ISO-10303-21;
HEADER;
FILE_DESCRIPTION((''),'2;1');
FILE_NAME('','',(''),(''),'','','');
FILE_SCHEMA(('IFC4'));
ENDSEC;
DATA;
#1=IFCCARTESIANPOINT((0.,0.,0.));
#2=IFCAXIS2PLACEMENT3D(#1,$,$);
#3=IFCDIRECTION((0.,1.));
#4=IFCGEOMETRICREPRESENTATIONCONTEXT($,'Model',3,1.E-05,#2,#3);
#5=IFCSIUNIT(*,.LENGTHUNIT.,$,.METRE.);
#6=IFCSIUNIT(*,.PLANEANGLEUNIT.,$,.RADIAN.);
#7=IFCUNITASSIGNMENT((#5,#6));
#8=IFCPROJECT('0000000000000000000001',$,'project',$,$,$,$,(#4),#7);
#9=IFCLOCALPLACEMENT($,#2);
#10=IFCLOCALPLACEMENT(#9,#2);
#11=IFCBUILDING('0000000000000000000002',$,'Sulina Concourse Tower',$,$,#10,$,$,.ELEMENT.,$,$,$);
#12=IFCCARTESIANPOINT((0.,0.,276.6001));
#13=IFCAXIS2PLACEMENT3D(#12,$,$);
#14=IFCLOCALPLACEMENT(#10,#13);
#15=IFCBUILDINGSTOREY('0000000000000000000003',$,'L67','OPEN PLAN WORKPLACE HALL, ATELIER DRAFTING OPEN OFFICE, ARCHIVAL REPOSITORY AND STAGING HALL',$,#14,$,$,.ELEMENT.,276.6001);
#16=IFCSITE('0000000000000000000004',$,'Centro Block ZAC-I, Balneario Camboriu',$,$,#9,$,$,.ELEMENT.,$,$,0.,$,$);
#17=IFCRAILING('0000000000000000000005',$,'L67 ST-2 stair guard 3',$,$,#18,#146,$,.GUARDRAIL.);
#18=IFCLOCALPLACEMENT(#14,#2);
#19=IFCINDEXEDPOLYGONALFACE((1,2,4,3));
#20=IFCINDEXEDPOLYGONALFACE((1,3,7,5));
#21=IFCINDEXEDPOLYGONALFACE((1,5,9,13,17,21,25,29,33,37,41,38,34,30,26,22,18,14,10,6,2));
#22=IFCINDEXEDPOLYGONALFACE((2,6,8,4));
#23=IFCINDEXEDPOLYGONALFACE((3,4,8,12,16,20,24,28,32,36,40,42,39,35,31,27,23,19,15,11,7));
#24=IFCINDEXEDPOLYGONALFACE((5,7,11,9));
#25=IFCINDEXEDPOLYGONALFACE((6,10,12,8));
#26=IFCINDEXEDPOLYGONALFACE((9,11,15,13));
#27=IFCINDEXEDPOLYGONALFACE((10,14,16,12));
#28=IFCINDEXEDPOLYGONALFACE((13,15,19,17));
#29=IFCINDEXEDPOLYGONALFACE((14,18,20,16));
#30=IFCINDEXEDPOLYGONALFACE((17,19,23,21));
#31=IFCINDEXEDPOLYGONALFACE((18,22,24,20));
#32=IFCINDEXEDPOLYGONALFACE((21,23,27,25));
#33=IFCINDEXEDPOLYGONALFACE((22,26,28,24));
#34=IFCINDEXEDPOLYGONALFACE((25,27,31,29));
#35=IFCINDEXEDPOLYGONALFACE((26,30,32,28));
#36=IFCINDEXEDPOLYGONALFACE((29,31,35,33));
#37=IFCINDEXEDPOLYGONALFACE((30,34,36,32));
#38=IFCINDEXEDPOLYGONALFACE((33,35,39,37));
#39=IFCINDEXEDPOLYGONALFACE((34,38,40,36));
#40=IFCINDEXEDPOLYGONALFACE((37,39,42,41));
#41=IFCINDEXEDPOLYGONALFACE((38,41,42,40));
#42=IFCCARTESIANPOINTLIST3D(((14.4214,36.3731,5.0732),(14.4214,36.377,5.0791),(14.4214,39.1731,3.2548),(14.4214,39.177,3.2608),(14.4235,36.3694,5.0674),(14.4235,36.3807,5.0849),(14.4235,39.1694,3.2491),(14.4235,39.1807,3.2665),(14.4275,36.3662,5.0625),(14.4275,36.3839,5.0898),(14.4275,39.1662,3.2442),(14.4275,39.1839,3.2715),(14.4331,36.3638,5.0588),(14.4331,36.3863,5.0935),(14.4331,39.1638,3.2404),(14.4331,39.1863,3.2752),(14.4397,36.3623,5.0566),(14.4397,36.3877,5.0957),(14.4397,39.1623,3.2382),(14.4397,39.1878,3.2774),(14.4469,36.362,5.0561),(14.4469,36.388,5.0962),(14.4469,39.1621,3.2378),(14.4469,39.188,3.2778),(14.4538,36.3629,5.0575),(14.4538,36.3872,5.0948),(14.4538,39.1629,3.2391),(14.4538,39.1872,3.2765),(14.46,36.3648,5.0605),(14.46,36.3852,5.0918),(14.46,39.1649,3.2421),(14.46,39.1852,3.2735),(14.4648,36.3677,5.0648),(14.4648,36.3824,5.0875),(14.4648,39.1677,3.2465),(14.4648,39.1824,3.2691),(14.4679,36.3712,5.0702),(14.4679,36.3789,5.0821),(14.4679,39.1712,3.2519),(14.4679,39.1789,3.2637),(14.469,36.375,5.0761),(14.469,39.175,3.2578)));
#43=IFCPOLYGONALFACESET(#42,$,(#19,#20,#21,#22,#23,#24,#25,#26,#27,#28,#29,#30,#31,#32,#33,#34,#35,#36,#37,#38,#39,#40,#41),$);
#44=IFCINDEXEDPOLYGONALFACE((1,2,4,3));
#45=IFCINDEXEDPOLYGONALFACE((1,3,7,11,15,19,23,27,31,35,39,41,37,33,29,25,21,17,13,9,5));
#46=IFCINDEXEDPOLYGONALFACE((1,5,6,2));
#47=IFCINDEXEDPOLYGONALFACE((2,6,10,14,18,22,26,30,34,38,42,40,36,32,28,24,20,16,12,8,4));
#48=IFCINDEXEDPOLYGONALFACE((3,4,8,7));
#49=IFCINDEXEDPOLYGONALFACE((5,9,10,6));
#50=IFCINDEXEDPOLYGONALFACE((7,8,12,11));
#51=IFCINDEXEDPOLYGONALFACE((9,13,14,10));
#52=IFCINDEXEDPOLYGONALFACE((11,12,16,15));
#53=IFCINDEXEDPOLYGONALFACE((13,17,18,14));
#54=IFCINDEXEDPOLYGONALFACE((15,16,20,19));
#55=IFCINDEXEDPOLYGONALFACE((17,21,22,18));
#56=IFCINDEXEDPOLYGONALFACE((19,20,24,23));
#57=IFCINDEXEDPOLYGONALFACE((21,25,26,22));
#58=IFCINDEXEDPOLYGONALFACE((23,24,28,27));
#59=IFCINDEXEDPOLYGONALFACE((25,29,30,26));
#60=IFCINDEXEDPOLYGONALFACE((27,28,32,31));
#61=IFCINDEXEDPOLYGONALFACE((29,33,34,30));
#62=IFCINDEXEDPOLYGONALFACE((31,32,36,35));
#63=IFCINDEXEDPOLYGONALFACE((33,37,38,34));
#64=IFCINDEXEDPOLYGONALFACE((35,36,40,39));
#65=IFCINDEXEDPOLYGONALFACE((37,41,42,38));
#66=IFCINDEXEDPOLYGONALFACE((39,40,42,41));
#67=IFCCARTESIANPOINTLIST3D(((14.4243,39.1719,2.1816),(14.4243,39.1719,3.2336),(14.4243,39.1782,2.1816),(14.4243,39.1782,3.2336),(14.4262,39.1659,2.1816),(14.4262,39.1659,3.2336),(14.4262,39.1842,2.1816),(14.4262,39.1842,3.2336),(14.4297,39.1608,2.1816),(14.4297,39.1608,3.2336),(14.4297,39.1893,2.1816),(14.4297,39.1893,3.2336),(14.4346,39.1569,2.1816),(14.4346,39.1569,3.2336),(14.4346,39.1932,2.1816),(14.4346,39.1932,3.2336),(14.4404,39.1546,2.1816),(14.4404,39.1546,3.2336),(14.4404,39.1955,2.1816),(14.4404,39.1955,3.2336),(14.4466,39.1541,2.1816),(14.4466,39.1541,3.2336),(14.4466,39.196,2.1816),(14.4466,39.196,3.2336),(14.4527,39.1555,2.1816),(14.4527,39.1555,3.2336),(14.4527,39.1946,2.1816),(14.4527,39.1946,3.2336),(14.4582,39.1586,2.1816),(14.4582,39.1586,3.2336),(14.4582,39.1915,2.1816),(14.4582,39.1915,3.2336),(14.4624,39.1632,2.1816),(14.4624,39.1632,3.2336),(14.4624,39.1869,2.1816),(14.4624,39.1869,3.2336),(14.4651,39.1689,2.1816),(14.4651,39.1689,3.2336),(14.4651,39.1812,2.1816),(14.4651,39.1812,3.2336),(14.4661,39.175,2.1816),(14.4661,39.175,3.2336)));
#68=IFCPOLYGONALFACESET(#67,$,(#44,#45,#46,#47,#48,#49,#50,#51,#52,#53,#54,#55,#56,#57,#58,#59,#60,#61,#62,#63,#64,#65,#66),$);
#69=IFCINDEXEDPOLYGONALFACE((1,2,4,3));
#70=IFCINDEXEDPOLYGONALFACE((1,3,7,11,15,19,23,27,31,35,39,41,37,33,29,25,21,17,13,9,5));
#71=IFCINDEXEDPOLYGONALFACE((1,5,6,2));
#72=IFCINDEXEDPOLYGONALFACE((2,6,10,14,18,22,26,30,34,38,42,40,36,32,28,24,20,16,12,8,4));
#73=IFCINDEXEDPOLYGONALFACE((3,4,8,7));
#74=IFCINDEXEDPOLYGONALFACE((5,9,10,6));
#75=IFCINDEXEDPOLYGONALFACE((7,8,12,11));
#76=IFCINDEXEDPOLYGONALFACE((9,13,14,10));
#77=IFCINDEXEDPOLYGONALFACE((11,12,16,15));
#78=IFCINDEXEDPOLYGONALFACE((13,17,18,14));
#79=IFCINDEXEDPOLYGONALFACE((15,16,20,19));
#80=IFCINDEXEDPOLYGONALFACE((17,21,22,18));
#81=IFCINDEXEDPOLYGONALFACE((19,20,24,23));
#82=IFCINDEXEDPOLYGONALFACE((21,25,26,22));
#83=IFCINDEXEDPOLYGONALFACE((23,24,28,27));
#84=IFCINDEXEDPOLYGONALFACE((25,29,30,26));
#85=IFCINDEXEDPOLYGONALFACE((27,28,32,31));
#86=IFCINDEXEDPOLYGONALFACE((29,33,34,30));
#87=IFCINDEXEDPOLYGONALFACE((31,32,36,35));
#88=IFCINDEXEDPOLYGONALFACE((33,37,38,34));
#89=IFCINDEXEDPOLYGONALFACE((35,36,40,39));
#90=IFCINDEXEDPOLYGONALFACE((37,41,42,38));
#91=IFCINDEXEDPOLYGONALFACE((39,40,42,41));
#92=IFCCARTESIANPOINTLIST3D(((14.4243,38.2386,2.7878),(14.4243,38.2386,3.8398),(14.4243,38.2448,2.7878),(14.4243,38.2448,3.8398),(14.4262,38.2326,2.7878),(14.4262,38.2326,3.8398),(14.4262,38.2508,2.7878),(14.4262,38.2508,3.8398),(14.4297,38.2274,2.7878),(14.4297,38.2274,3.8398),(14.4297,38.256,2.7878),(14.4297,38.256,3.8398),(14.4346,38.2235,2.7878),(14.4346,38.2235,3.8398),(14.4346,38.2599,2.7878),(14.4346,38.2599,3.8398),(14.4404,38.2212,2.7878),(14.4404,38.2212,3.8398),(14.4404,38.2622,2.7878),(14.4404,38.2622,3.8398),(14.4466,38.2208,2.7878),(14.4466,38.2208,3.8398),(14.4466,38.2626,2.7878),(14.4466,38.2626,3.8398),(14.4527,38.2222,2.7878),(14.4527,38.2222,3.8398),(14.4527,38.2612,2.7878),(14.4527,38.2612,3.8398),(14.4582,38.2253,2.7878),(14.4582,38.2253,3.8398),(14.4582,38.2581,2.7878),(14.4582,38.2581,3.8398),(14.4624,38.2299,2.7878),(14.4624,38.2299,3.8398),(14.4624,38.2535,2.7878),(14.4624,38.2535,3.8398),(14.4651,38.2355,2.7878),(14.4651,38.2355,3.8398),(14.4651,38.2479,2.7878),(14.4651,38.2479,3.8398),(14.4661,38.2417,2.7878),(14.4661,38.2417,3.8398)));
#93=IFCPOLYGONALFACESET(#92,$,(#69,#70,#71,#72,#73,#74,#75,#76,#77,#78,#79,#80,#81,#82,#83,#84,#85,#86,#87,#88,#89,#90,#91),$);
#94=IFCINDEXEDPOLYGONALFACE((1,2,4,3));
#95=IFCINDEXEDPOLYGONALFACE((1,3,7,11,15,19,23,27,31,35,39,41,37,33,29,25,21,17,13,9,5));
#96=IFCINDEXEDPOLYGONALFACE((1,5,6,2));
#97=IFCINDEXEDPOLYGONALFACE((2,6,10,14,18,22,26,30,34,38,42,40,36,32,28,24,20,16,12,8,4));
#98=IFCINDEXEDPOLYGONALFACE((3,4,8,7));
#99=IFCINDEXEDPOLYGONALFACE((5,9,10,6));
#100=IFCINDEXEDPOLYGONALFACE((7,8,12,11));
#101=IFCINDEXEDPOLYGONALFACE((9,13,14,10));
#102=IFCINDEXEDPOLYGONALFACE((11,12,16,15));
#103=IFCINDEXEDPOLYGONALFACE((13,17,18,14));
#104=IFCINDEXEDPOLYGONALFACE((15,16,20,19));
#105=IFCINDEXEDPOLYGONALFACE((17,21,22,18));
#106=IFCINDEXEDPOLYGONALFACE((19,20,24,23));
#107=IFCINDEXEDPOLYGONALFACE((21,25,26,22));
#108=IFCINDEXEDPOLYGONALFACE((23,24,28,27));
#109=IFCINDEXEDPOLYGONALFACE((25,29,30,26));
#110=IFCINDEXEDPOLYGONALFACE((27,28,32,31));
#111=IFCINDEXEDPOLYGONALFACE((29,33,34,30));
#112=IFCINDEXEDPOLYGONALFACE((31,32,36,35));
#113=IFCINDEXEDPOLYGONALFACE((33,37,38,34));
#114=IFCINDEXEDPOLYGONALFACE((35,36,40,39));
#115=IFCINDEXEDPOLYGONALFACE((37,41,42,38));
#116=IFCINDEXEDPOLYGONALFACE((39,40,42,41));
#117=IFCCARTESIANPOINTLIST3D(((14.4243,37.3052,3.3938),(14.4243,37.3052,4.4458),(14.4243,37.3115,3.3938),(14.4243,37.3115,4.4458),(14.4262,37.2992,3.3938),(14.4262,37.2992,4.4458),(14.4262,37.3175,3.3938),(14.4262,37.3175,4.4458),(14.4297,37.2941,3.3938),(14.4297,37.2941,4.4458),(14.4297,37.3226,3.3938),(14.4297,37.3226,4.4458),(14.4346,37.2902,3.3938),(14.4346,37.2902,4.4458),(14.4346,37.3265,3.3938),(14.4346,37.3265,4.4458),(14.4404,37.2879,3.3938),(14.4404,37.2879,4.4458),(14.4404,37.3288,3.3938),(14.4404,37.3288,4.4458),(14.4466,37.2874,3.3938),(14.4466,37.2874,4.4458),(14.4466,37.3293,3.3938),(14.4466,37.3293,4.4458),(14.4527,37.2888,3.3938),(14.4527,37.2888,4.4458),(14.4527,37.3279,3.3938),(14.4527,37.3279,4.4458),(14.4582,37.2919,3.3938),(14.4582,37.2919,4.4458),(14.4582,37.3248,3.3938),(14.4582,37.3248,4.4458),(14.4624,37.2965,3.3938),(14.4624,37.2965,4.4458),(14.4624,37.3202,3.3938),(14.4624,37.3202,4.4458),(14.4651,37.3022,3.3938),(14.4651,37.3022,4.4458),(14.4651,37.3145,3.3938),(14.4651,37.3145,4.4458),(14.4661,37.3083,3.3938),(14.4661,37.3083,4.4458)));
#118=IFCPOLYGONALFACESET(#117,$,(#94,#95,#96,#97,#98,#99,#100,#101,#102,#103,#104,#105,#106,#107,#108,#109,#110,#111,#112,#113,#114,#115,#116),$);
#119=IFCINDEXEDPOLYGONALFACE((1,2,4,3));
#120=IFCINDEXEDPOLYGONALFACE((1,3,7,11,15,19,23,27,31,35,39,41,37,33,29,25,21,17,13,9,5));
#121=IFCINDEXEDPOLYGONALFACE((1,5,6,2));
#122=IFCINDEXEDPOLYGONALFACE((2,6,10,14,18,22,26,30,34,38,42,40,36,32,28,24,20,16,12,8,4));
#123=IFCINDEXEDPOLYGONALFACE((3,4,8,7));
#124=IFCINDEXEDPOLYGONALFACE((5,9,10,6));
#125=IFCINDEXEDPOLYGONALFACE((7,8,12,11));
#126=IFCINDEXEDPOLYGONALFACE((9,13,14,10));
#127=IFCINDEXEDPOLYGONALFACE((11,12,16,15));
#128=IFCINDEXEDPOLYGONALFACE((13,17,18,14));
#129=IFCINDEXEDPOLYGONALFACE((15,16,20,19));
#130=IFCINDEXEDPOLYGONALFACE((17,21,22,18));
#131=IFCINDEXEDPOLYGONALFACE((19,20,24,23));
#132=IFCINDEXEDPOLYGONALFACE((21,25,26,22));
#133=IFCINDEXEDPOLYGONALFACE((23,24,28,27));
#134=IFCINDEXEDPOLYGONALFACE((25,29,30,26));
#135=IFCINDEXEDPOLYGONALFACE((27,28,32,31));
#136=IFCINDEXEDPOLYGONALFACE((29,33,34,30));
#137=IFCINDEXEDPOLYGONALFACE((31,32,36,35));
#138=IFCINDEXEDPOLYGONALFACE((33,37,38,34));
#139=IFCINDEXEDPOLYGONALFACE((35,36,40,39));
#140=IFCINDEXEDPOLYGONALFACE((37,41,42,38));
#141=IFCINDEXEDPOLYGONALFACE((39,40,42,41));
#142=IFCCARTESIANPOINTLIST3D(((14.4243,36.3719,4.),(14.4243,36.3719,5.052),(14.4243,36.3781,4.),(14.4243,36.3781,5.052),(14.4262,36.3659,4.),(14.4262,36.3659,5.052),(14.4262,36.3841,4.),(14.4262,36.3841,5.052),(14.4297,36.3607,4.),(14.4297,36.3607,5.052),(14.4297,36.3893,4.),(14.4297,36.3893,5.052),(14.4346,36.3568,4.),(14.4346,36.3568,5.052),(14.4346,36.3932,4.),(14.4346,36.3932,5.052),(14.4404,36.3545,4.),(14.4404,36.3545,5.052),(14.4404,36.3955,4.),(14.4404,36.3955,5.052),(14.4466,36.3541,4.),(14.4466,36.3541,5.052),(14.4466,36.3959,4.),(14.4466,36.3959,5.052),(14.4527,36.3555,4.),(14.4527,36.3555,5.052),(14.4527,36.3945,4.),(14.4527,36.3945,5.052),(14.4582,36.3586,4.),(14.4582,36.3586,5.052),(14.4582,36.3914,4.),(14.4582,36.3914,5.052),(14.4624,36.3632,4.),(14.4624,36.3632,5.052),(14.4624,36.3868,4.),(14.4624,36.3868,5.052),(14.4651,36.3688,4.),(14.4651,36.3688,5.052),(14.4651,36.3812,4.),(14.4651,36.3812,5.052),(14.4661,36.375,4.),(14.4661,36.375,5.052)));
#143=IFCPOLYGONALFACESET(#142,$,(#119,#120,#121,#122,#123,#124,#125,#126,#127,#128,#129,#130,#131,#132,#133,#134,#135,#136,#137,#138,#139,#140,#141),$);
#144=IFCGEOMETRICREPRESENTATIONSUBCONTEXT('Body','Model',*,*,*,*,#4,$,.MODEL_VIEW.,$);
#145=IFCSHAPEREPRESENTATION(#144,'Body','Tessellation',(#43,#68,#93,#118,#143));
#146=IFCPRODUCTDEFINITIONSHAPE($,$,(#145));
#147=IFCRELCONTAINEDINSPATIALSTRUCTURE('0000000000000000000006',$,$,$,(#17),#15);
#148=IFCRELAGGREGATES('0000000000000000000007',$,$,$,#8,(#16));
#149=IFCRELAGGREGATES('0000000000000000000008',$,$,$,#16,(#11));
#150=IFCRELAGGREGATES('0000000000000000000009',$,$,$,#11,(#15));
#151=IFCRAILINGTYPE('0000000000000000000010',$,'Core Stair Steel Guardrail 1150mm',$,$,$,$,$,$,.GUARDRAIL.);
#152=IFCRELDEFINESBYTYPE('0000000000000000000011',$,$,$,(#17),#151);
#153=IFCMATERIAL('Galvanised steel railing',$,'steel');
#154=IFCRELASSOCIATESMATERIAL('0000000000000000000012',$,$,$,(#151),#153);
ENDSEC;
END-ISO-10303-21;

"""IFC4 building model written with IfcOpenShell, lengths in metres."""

from ifc_helpers import new_model, si_unit, direction, frame, origin, origin_2d, place, context, subcontext, project, spatial, circle, extrude, material, type_object, element, save


model = new_model("IFC4")

# Units and contexts
model_context = context("Model", 3, precision=1e-05, world=origin(), true_north=direction((0.0, 1.0)))
body_context = subcontext(model_context, "Body", "Model", "MODEL_VIEW")
ifc_project = project(units=[si_unit("LENGTHUNIT", "METRE"), si_unit("PLANEANGLEUNIT", "RADIAN")], contexts=[model_context])

# Site, building, storey
site_placement = place(None, origin())
site = spatial("IfcSite", under=ifc_project, at=site_placement, Name="Centro Block ZAC-I, Balneario Camboriu", CompositionType="ELEMENT", RefElevation=0.0)
building_placement = place(site_placement, origin())
building = spatial("IfcBuilding", under=site, at=building_placement, Name="Sulina Concourse Tower", CompositionType="ELEMENT")
storey_placement = place(building_placement, frame((0.0, 0.0, 276.6001)))
storey = spatial("IfcBuildingStorey", under=building, at=storey_placement, Name="L67", Description="OPEN PLAN WORKPLACE HALL, ATELIER DRAFTING OPEN OFFICE, ARCHIVAL REPOSITORY AND STAGING HALL", CompositionType="ELEMENT", Elevation=276.6001)

# Railing
ifc_material_1 = material(Name="Galvanised steel railing", Category="steel")
railing_type_1 = type_object("IfcRailingType", Name="Core Stair Steel Guardrail 1150mm", PredefinedType="GUARDRAIL", material=ifc_material_1)
railing_1_placement = place(storey_placement, frame((14.4451, 39.175, 2.1816)))
element("IfcRailing", 1, at=railing_1_placement, inside=storey, type_object=railing_type_1, Name="L67 ST-2 stair guard 3", PredefinedType="GUARDRAIL", context=body_context, shape_type="SweptSolid", body=[
    extrude(circle(Radius=0.0239, at=origin_2d()), frame((0.0, 0.0, 1.0762), z_axis=(0.0, -0.838672, 0.544636), x_axis=(1.0, 0.0, 0.0)), (0.0, 0.0, 1.0), 3.3386),
    extrude(circle(Radius=0.021, at=origin_2d()), origin(), (0.0, 0.0, 1.0), 1.052),
    extrude(circle(Radius=0.021, at=origin_2d()), frame((0.0, -0.9333, 0.6062)), (0.0, 0.0, 1.0), 1.052),
    extrude(circle(Radius=0.021, at=origin_2d()), frame((0.0, -1.8667, 1.2122)), (0.0, 0.0, 1.0), 1.052),
    extrude(circle(Radius=0.021, at=origin_2d()), frame((0.0, -2.8, 1.8184)), (0.0, 0.0, 1.0), 1.052),
])

save(model, "model.ifc")
